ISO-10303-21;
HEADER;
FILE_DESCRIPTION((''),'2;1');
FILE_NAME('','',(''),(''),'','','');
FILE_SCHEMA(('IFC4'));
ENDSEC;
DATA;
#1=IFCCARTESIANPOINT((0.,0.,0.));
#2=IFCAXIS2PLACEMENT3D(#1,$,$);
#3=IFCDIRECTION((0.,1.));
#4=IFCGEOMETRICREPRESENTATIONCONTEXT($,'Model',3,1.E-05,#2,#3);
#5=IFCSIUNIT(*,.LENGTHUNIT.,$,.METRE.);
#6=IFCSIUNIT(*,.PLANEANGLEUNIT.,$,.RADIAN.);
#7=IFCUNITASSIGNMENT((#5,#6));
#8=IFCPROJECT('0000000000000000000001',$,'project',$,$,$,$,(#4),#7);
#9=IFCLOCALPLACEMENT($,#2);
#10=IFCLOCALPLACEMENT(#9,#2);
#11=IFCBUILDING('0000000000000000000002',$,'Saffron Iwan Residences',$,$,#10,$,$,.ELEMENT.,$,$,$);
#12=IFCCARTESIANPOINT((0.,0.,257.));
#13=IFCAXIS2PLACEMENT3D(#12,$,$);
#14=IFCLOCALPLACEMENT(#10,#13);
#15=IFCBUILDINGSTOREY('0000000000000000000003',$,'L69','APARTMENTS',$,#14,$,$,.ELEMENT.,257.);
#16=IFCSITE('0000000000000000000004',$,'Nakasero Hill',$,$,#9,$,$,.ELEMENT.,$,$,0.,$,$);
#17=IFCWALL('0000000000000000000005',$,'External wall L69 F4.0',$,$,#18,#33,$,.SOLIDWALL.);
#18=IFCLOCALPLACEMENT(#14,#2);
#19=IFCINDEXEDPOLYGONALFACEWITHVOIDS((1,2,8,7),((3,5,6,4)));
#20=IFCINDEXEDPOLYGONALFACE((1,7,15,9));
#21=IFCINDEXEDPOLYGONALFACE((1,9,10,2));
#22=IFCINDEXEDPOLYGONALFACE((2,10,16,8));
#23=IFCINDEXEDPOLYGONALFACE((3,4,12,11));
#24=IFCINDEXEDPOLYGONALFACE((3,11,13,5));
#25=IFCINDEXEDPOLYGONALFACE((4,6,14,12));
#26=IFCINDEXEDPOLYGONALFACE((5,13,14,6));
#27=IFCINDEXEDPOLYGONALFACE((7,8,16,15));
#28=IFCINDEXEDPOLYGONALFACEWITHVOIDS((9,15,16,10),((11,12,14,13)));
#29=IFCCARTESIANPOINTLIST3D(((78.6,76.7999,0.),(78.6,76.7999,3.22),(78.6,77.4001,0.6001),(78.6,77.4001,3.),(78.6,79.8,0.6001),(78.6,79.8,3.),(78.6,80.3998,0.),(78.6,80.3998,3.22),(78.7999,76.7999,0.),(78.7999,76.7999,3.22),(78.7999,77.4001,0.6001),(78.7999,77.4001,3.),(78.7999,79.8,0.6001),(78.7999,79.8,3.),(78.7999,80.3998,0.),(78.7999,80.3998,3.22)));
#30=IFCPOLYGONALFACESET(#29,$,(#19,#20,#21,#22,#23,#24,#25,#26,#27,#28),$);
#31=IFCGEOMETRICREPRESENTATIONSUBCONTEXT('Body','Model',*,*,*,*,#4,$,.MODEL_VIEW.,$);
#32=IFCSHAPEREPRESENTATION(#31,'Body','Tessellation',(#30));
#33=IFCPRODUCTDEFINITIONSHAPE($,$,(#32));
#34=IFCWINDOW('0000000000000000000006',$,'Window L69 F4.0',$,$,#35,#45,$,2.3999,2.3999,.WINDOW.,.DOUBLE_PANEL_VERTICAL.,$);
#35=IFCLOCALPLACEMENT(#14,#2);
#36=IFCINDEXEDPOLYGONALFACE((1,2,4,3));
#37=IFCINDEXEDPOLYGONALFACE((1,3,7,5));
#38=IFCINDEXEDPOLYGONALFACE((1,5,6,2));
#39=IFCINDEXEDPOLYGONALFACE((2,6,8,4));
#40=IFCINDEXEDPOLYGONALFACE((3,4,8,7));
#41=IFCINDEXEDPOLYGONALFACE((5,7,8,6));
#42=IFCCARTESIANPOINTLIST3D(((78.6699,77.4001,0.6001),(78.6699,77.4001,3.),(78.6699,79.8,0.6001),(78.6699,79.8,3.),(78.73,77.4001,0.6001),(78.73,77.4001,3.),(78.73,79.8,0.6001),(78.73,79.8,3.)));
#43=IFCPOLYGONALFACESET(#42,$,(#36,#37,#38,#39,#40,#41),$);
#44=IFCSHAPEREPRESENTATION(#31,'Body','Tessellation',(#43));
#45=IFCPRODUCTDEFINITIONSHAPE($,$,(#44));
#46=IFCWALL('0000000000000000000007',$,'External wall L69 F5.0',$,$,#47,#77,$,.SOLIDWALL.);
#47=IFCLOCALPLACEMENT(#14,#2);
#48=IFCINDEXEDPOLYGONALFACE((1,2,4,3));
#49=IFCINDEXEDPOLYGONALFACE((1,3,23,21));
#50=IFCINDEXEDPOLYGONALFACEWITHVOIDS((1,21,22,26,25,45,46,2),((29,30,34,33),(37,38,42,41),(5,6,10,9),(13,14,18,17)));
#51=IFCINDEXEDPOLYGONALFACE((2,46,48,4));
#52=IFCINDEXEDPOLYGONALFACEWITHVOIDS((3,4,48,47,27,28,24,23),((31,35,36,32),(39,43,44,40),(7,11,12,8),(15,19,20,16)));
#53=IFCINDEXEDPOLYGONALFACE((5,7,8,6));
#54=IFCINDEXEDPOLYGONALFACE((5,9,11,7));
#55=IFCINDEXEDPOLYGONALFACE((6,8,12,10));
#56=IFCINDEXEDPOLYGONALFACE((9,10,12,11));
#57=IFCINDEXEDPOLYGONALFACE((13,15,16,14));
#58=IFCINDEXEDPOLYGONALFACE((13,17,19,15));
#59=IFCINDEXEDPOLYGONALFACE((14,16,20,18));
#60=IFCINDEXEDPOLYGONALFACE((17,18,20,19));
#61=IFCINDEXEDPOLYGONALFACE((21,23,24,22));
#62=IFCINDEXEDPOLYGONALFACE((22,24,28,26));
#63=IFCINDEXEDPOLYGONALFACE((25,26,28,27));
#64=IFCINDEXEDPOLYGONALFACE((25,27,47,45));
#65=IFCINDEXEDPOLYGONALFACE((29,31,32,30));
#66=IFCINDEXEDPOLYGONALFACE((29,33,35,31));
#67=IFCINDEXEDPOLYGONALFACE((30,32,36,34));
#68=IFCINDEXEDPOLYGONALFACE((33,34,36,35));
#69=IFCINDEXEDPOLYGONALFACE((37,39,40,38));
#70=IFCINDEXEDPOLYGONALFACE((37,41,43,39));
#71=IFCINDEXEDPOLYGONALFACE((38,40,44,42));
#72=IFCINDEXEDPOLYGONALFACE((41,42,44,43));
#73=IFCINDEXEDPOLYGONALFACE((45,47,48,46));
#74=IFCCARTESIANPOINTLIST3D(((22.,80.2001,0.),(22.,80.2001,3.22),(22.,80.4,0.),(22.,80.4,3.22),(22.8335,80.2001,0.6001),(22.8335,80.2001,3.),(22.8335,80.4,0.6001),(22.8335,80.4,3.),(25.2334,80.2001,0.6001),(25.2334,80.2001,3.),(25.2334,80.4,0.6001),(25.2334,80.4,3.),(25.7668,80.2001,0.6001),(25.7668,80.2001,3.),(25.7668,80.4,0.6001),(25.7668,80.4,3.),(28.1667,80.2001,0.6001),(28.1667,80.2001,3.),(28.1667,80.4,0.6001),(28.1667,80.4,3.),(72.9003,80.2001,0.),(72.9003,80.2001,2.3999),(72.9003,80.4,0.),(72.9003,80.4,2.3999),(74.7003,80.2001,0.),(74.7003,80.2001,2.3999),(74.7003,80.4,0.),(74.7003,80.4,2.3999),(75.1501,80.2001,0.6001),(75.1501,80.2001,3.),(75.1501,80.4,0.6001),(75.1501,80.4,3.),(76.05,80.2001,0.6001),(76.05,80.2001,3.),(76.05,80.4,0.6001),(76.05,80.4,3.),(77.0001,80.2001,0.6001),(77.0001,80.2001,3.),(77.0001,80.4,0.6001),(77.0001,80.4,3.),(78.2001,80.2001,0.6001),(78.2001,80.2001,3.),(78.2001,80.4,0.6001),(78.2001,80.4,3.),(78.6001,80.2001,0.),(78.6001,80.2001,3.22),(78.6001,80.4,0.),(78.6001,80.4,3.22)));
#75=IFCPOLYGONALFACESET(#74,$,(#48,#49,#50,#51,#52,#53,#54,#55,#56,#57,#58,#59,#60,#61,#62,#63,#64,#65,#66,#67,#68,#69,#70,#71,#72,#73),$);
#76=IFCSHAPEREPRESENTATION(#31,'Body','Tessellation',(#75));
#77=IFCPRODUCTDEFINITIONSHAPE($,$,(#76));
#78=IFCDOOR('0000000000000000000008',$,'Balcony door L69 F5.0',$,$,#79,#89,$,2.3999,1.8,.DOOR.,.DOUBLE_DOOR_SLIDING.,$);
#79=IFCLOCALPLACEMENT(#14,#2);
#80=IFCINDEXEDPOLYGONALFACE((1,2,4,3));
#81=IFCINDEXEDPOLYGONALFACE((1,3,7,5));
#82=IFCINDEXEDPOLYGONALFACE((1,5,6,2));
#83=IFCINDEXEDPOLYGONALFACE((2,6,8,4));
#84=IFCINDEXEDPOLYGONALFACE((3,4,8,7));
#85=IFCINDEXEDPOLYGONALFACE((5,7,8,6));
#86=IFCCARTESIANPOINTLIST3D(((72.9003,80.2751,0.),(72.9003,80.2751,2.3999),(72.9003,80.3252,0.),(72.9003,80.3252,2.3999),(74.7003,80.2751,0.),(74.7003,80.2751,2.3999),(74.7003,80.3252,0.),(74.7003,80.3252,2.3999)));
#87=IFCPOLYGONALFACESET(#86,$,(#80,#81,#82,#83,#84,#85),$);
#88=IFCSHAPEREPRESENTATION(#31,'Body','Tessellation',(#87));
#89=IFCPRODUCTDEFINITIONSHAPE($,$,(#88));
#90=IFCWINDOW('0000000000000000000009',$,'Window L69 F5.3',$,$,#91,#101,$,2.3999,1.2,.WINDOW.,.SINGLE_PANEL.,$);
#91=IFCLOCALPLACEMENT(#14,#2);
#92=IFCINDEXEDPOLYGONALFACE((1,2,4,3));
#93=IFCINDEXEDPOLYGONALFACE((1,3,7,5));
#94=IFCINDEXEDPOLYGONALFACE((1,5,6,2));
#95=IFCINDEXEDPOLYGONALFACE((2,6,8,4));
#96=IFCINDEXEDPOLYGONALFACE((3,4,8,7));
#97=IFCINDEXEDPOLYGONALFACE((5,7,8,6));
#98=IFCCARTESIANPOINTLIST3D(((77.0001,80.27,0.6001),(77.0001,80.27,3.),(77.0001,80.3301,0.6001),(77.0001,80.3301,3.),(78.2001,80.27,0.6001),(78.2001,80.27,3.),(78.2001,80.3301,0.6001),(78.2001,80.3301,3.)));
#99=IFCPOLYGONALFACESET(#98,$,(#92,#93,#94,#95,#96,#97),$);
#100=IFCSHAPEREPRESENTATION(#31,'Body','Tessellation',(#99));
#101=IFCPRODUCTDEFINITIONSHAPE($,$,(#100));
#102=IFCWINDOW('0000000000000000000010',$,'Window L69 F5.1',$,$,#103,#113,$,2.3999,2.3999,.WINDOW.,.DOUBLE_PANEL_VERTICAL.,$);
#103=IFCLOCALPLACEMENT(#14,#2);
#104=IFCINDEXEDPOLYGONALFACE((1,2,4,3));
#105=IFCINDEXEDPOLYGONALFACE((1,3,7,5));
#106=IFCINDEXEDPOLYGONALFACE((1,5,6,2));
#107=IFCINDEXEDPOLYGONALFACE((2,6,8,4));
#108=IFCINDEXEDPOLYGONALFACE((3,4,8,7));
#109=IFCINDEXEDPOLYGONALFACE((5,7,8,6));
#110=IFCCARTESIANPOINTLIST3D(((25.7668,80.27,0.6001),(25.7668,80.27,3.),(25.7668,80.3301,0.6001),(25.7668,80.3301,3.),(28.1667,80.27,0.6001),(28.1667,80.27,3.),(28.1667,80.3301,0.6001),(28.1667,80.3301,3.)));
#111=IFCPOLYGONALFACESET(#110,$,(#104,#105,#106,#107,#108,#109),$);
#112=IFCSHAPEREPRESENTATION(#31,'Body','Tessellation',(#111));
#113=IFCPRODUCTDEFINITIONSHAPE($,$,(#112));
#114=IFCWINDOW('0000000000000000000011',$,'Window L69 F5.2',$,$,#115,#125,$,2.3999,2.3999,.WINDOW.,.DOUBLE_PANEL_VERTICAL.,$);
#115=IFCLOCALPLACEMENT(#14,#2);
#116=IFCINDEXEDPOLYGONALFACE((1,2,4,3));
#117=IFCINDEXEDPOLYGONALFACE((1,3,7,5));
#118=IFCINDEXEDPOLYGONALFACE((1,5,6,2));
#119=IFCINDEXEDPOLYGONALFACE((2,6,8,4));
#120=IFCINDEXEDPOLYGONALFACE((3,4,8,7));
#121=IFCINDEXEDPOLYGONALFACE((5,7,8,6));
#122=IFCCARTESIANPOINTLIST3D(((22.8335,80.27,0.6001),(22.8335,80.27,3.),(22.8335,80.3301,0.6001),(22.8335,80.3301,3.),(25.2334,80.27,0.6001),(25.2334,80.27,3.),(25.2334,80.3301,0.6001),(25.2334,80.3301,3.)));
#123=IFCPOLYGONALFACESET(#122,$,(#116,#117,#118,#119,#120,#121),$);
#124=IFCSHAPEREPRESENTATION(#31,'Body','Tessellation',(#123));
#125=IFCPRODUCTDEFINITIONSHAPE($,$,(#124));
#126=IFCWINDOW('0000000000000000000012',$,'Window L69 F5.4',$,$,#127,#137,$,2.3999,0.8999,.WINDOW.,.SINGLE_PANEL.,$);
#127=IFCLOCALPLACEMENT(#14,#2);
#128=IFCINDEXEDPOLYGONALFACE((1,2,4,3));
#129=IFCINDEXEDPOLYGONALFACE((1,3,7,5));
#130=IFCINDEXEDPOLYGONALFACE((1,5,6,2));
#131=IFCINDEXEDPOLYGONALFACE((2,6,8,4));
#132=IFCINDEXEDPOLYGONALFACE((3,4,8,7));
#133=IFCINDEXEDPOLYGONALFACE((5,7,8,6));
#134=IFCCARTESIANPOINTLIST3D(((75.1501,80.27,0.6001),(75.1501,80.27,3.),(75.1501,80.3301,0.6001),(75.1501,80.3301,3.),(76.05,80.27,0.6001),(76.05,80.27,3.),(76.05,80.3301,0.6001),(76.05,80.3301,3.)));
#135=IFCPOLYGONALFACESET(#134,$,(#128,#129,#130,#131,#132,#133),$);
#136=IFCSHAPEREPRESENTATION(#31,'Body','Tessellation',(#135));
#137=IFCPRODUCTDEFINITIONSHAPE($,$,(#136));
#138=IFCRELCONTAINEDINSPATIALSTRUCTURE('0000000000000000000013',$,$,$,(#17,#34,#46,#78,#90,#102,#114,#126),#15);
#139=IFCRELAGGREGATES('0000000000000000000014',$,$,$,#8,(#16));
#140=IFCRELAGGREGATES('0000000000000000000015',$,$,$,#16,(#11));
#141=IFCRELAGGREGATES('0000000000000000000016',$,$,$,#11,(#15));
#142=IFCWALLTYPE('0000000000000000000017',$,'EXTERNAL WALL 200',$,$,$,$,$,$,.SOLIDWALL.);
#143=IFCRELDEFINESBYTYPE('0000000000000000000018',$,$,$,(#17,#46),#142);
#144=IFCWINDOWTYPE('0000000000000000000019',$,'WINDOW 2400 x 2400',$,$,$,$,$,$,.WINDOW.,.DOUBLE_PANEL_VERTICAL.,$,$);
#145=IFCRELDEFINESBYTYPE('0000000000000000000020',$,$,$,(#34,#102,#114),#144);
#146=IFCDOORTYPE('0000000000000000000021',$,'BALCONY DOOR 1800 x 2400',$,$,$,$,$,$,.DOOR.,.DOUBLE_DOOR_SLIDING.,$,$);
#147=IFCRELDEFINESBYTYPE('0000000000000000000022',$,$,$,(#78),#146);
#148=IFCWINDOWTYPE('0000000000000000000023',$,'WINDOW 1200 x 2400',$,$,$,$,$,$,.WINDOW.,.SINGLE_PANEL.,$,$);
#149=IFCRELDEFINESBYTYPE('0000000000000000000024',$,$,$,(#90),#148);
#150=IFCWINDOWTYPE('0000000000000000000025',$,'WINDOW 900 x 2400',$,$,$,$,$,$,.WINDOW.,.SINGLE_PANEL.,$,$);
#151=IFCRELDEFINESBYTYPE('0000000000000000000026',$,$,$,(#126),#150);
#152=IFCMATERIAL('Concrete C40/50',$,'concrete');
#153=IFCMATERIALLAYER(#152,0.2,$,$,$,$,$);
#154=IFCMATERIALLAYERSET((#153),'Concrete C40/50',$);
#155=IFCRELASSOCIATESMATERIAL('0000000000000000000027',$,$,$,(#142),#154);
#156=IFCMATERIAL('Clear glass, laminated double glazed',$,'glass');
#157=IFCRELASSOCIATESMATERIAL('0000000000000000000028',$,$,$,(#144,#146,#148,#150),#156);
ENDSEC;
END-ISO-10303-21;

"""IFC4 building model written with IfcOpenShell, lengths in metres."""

from ifc_helpers import new_model, si_unit, direction, frame, frame_2d, origin, place, context, subcontext, project, spatial, rectangle, extrude, material, layer, layer_set, type_object, element, fill, save


model = new_model("IFC4")

# Units and contexts
model_context = context("Model", 3, precision=1e-05, world=origin(), true_north=direction((0.0, 1.0)))
body_context = subcontext(model_context, "Body", "Model", "MODEL_VIEW")
ifc_project = project(units=[si_unit("LENGTHUNIT", "METRE"), si_unit("PLANEANGLEUNIT", "RADIAN")], contexts=[model_context])

# Site, building, storey
site_placement = place(None, origin())
site = spatial("IfcSite", under=ifc_project, at=site_placement, Name="Nakasero Hill", CompositionType="ELEMENT", RefElevation=0.0)
building_placement = place(site_placement, origin())
building = spatial("IfcBuilding", under=site, at=building_placement, Name="Saffron Iwan Residences", CompositionType="ELEMENT")
storey_placement = place(building_placement, frame((0.0, 0.0, 257.0)))
storey = spatial("IfcBuildingStorey", under=building, at=storey_placement, Name="L69", Description="APARTMENTS", CompositionType="ELEMENT", Elevation=257.0)

# Shared definitions
ifc_material_1 = material(Name="Concrete C40/50", Category="concrete")

# Wall, opening, window
ifc_layer_1 = layer(ifc_material_1, 0.2)
ifc_layer_set_1 = layer_set([ifc_layer_1], Name="Concrete C40/50")
wall_type_1 = type_object("IfcWallType", Name="EXTERNAL WALL 200", PredefinedType="SOLIDWALL", material=ifc_layer_set_1)
ifc_material_2 = material(Name="Clear glass, laminated double glazed", Category="glass")
wall_1_placement = place(storey_placement, frame((78.7, 76.8, 0.0), z_axis=(0.0, 0.0, 1.0), x_axis=(0.0, 1.0, 0.0)))
wall_1 = element("IfcWall", 1, at=wall_1_placement, inside=storey, type_object=wall_type_1, Name="External wall L69 F4.0", PredefinedType="SOLIDWALL", context=body_context, shape_type="SweptSolid", body=[
    extrude(rectangle(XDim=3.5999, YDim=0.2, at=frame_2d((1.7998, 0.0))), origin(), (0.0, 0.0, 1.0), 3.22),
])
opening_1_placement = place(wall_1_placement, frame((0.6001, 0.0, 0.6001)))
opening_1 = element("IfcOpeningElement", 2, at=opening_1_placement, cuts=wall_1, PredefinedType="OPENING", context=body_context, shape_type="SweptSolid", body=[
    extrude(rectangle(XDim=2.3999, YDim=2.3999, at=frame_2d((1.2, 1.2))), frame((0.0, 0.1099, 0.0), z_axis=(0.0, -1.0, 0.0), x_axis=(1.0, 0.0, 0.0)), (0.0, 0.0, 1.0), 0.22),
])
window_type_1 = type_object("IfcWindowType", Name="WINDOW 2400 x 2400", PartitioningType="DOUBLE_PANEL_VERTICAL", PredefinedType="WINDOW", material=ifc_material_2)
window_1_placement = place(opening_1_placement, origin())
window_1 = element("IfcWindow", 3, at=window_1_placement, inside=storey, type_object=window_type_1, Name="Window L69 F4.0", OverallHeight=2.3999, OverallWidth=2.3999, PartitioningType="DOUBLE_PANEL_VERTICAL", PredefinedType="WINDOW", context=body_context, shape_type="SweptSolid", body=[
    extrude(rectangle(XDim=2.3999, YDim=2.3999, at=frame_2d((1.2, 1.2))), frame((0.0, 0.03, 0.0), z_axis=(0.0, -1.0, 0.0), x_axis=(1.0, 0.0, 0.0)), (0.0, 0.0, 1.0), 0.0601),
])
fill(opening_1, window_1)

# Wall, openings, door, windows
wall_2_placement = place(storey_placement, frame((78.6001, 80.3, 0.0), z_axis=(0.0, 0.0, 1.0), x_axis=(-1.0, 0.0, 0.0)))
wall_2 = element("IfcWall", 4, at=wall_2_placement, inside=storey, type_object=wall_type_1, Name="External wall L69 F5.0", PredefinedType="SOLIDWALL", context=body_context, shape_type="SweptSolid", body=[
    extrude(rectangle(XDim=56.6001, YDim=0.2, at=frame_2d((28.3, 0.0))), origin(), (0.0, 0.0, 1.0), 3.22),
])
opening_2_placement = place(wall_2_placement, frame((3.8999, 0.0, 0.0)))
opening_2 = element("IfcOpeningElement", 5, at=opening_2_placement, cuts=wall_2, PredefinedType="OPENING", context=body_context, shape_type="SweptSolid", body=[
    extrude(rectangle(XDim=1.8, YDim=2.3999, at=frame_2d((0.8999, 1.2))), frame((0.0, 0.1099, 0.0), z_axis=(0.0, -1.0, 0.0), x_axis=(1.0, 0.0, 0.0)), (0.0, 0.0, 1.0), 0.22),
])
opening_3_placement = place(wall_2_placement, frame((50.4333, 0.0, 0.6001)))
opening_3 = element("IfcOpeningElement", 6, at=opening_3_placement, cuts=wall_2, PredefinedType="OPENING", context=body_context, shape_type="SweptSolid", body=[
    extrude(rectangle(XDim=2.3999, YDim=2.3999, at=frame_2d((1.2, 1.2))), frame((0.0, 0.1099, 0.0), z_axis=(0.0, -1.0, 0.0), x_axis=(1.0, 0.0, 0.0)), (0.0, 0.0, 1.0), 0.22),
])
opening_4_placement = place(wall_2_placement, frame((53.3667, 0.0, 0.6001)))
opening_4 = element("IfcOpeningElement", 7, at=opening_4_placement, cuts=wall_2, PredefinedType="OPENING", context=body_context, shape_type="SweptSolid", body=[
    extrude(rectangle(XDim=2.3999, YDim=2.3999, at=frame_2d((1.2, 1.2))), frame((0.0, 0.1099, 0.0), z_axis=(0.0, -1.0, 0.0), x_axis=(1.0, 0.0, 0.0)), (0.0, 0.0, 1.0), 0.22),
])
opening_5_placement = place(wall_2_placement, frame((0.3999, 0.0, 0.6001)))
opening_5 = element("IfcOpeningElement", 8, at=opening_5_placement, cuts=wall_2, PredefinedType="OPENING", context=body_context, shape_type="SweptSolid", body=[
    extrude(rectangle(XDim=1.2, YDim=2.3999, at=frame_2d((0.6001, 1.2))), frame((0.0, 0.1099, 0.0), z_axis=(0.0, -1.0, 0.0), x_axis=(1.0, 0.0, 0.0)), (0.0, 0.0, 1.0), 0.22),
])
opening_6_placement = place(wall_2_placement, frame((2.55, 0.0, 0.6001)))
opening_6 = element("IfcOpeningElement", 9, at=opening_6_placement, cuts=wall_2, PredefinedType="OPENING", context=body_context, shape_type="SweptSolid", body=[
    extrude(rectangle(XDim=0.8999, YDim=2.3999, at=frame_2d((0.45, 1.2))), frame((0.0, 0.1099, 0.0), z_axis=(0.0, -1.0, 0.0), x_axis=(1.0, 0.0, 0.0)), (0.0, 0.0, 1.0), 0.22),
])
door_type_1 = type_object("IfcDoorType", Name="BALCONY DOOR 1800 x 2400", OperationType="DOUBLE_DOOR_SLIDING", PredefinedType="DOOR", material=ifc_material_2)
door_1_placement = place(opening_2_placement, origin())
door_1 = element("IfcDoor", 10, at=door_1_placement, inside=storey, type_object=door_type_1, Name="Balcony door L69 F5.0", OperationType="DOUBLE_DOOR_SLIDING", OverallHeight=2.3999, OverallWidth=1.8, PredefinedType="DOOR", context=body_context, shape_type="SweptSolid", body=[
    extrude(rectangle(XDim=1.8, YDim=2.3999, at=frame_2d((0.8999, 1.2))), frame((0.0, 0.0249, 0.0), z_axis=(0.0, -1.0, 0.0), x_axis=(1.0, 0.0, 0.0)), (0.0, 0.0, 1.0), 0.05),
])
fill(opening_2, door_1)
window_type_2 = type_object("IfcWindowType", Name="WINDOW 1200 x 2400", PartitioningType="SINGLE_PANEL", PredefinedType="WINDOW", material=ifc_material_2)
window_2_placement = place(opening_5_placement, origin())
window_2 = element("IfcWindow", 11, at=window_2_placement, inside=storey, type_object=window_type_2, Name="Window L69 F5.3", OverallHeight=2.3999, OverallWidth=1.2, PartitioningType="SINGLE_PANEL", PredefinedType="WINDOW", context=body_context, shape_type="SweptSolid", body=[
    extrude(rectangle(XDim=1.2, YDim=2.3999, at=frame_2d((0.6001, 1.2))), frame((0.0, 0.03, 0.0), z_axis=(0.0, -1.0, 0.0), x_axis=(1.0, 0.0, 0.0)), (0.0, 0.0, 1.0), 0.0601),
])
fill(opening_5, window_2)
window_3_placement = place(opening_3_placement, origin())
window_3 = element("IfcWindow", 12, at=window_3_placement, inside=storey, type_object=window_type_1, Name="Window L69 F5.1", OverallHeight=2.3999, OverallWidth=2.3999, PartitioningType="DOUBLE_PANEL_VERTICAL", PredefinedType="WINDOW", context=body_context, shape_type="SweptSolid", body=[
    extrude(rectangle(XDim=2.3999, YDim=2.3999, at=frame_2d((1.2, 1.2))), frame((0.0, 0.03, 0.0), z_axis=(0.0, -1.0, 0.0), x_axis=(1.0, 0.0, 0.0)), (0.0, 0.0, 1.0), 0.0601),
])
fill(opening_3, window_3)
window_4_placement = place(opening_4_placement, origin())
window_4 = element("IfcWindow", 13, at=window_4_placement, inside=storey, type_object=window_type_1, Name="Window L69 F5.2", OverallHeight=2.3999, OverallWidth=2.3999, PartitioningType="DOUBLE_PANEL_VERTICAL", PredefinedType="WINDOW", context=body_context, shape_type="SweptSolid", body=[
    extrude(rectangle(XDim=2.3999, YDim=2.3999, at=frame_2d((1.2, 1.2))), frame((0.0, 0.03, 0.0), z_axis=(0.0, -1.0, 0.0), x_axis=(1.0, 0.0, 0.0)), (0.0, 0.0, 1.0), 0.0601),
])
fill(opening_4, window_4)
window_type_3 = type_object("IfcWindowType", Name="WINDOW 900 x 2400", PartitioningType="SINGLE_PANEL", PredefinedType="WINDOW", material=ifc_material_2)
window_5_placement = place(opening_6_placement, origin())
window_5 = element("IfcWindow", 14, at=window_5_placement, inside=storey, type_object=window_type_3, Name="Window L69 F5.4", OverallHeight=2.3999, OverallWidth=0.8999, PartitioningType="SINGLE_PANEL", PredefinedType="WINDOW", context=body_context, shape_type="SweptSolid", body=[
    extrude(rectangle(XDim=0.8999, YDim=2.3999, at=frame_2d((0.45, 1.2))), frame((0.0, 0.03, 0.0), z_axis=(0.0, -1.0, 0.0), x_axis=(1.0, 0.0, 0.0)), (0.0, 0.0, 1.0), 0.0601),
])
fill(opening_6, window_5)

save(model, "model.ifc")
